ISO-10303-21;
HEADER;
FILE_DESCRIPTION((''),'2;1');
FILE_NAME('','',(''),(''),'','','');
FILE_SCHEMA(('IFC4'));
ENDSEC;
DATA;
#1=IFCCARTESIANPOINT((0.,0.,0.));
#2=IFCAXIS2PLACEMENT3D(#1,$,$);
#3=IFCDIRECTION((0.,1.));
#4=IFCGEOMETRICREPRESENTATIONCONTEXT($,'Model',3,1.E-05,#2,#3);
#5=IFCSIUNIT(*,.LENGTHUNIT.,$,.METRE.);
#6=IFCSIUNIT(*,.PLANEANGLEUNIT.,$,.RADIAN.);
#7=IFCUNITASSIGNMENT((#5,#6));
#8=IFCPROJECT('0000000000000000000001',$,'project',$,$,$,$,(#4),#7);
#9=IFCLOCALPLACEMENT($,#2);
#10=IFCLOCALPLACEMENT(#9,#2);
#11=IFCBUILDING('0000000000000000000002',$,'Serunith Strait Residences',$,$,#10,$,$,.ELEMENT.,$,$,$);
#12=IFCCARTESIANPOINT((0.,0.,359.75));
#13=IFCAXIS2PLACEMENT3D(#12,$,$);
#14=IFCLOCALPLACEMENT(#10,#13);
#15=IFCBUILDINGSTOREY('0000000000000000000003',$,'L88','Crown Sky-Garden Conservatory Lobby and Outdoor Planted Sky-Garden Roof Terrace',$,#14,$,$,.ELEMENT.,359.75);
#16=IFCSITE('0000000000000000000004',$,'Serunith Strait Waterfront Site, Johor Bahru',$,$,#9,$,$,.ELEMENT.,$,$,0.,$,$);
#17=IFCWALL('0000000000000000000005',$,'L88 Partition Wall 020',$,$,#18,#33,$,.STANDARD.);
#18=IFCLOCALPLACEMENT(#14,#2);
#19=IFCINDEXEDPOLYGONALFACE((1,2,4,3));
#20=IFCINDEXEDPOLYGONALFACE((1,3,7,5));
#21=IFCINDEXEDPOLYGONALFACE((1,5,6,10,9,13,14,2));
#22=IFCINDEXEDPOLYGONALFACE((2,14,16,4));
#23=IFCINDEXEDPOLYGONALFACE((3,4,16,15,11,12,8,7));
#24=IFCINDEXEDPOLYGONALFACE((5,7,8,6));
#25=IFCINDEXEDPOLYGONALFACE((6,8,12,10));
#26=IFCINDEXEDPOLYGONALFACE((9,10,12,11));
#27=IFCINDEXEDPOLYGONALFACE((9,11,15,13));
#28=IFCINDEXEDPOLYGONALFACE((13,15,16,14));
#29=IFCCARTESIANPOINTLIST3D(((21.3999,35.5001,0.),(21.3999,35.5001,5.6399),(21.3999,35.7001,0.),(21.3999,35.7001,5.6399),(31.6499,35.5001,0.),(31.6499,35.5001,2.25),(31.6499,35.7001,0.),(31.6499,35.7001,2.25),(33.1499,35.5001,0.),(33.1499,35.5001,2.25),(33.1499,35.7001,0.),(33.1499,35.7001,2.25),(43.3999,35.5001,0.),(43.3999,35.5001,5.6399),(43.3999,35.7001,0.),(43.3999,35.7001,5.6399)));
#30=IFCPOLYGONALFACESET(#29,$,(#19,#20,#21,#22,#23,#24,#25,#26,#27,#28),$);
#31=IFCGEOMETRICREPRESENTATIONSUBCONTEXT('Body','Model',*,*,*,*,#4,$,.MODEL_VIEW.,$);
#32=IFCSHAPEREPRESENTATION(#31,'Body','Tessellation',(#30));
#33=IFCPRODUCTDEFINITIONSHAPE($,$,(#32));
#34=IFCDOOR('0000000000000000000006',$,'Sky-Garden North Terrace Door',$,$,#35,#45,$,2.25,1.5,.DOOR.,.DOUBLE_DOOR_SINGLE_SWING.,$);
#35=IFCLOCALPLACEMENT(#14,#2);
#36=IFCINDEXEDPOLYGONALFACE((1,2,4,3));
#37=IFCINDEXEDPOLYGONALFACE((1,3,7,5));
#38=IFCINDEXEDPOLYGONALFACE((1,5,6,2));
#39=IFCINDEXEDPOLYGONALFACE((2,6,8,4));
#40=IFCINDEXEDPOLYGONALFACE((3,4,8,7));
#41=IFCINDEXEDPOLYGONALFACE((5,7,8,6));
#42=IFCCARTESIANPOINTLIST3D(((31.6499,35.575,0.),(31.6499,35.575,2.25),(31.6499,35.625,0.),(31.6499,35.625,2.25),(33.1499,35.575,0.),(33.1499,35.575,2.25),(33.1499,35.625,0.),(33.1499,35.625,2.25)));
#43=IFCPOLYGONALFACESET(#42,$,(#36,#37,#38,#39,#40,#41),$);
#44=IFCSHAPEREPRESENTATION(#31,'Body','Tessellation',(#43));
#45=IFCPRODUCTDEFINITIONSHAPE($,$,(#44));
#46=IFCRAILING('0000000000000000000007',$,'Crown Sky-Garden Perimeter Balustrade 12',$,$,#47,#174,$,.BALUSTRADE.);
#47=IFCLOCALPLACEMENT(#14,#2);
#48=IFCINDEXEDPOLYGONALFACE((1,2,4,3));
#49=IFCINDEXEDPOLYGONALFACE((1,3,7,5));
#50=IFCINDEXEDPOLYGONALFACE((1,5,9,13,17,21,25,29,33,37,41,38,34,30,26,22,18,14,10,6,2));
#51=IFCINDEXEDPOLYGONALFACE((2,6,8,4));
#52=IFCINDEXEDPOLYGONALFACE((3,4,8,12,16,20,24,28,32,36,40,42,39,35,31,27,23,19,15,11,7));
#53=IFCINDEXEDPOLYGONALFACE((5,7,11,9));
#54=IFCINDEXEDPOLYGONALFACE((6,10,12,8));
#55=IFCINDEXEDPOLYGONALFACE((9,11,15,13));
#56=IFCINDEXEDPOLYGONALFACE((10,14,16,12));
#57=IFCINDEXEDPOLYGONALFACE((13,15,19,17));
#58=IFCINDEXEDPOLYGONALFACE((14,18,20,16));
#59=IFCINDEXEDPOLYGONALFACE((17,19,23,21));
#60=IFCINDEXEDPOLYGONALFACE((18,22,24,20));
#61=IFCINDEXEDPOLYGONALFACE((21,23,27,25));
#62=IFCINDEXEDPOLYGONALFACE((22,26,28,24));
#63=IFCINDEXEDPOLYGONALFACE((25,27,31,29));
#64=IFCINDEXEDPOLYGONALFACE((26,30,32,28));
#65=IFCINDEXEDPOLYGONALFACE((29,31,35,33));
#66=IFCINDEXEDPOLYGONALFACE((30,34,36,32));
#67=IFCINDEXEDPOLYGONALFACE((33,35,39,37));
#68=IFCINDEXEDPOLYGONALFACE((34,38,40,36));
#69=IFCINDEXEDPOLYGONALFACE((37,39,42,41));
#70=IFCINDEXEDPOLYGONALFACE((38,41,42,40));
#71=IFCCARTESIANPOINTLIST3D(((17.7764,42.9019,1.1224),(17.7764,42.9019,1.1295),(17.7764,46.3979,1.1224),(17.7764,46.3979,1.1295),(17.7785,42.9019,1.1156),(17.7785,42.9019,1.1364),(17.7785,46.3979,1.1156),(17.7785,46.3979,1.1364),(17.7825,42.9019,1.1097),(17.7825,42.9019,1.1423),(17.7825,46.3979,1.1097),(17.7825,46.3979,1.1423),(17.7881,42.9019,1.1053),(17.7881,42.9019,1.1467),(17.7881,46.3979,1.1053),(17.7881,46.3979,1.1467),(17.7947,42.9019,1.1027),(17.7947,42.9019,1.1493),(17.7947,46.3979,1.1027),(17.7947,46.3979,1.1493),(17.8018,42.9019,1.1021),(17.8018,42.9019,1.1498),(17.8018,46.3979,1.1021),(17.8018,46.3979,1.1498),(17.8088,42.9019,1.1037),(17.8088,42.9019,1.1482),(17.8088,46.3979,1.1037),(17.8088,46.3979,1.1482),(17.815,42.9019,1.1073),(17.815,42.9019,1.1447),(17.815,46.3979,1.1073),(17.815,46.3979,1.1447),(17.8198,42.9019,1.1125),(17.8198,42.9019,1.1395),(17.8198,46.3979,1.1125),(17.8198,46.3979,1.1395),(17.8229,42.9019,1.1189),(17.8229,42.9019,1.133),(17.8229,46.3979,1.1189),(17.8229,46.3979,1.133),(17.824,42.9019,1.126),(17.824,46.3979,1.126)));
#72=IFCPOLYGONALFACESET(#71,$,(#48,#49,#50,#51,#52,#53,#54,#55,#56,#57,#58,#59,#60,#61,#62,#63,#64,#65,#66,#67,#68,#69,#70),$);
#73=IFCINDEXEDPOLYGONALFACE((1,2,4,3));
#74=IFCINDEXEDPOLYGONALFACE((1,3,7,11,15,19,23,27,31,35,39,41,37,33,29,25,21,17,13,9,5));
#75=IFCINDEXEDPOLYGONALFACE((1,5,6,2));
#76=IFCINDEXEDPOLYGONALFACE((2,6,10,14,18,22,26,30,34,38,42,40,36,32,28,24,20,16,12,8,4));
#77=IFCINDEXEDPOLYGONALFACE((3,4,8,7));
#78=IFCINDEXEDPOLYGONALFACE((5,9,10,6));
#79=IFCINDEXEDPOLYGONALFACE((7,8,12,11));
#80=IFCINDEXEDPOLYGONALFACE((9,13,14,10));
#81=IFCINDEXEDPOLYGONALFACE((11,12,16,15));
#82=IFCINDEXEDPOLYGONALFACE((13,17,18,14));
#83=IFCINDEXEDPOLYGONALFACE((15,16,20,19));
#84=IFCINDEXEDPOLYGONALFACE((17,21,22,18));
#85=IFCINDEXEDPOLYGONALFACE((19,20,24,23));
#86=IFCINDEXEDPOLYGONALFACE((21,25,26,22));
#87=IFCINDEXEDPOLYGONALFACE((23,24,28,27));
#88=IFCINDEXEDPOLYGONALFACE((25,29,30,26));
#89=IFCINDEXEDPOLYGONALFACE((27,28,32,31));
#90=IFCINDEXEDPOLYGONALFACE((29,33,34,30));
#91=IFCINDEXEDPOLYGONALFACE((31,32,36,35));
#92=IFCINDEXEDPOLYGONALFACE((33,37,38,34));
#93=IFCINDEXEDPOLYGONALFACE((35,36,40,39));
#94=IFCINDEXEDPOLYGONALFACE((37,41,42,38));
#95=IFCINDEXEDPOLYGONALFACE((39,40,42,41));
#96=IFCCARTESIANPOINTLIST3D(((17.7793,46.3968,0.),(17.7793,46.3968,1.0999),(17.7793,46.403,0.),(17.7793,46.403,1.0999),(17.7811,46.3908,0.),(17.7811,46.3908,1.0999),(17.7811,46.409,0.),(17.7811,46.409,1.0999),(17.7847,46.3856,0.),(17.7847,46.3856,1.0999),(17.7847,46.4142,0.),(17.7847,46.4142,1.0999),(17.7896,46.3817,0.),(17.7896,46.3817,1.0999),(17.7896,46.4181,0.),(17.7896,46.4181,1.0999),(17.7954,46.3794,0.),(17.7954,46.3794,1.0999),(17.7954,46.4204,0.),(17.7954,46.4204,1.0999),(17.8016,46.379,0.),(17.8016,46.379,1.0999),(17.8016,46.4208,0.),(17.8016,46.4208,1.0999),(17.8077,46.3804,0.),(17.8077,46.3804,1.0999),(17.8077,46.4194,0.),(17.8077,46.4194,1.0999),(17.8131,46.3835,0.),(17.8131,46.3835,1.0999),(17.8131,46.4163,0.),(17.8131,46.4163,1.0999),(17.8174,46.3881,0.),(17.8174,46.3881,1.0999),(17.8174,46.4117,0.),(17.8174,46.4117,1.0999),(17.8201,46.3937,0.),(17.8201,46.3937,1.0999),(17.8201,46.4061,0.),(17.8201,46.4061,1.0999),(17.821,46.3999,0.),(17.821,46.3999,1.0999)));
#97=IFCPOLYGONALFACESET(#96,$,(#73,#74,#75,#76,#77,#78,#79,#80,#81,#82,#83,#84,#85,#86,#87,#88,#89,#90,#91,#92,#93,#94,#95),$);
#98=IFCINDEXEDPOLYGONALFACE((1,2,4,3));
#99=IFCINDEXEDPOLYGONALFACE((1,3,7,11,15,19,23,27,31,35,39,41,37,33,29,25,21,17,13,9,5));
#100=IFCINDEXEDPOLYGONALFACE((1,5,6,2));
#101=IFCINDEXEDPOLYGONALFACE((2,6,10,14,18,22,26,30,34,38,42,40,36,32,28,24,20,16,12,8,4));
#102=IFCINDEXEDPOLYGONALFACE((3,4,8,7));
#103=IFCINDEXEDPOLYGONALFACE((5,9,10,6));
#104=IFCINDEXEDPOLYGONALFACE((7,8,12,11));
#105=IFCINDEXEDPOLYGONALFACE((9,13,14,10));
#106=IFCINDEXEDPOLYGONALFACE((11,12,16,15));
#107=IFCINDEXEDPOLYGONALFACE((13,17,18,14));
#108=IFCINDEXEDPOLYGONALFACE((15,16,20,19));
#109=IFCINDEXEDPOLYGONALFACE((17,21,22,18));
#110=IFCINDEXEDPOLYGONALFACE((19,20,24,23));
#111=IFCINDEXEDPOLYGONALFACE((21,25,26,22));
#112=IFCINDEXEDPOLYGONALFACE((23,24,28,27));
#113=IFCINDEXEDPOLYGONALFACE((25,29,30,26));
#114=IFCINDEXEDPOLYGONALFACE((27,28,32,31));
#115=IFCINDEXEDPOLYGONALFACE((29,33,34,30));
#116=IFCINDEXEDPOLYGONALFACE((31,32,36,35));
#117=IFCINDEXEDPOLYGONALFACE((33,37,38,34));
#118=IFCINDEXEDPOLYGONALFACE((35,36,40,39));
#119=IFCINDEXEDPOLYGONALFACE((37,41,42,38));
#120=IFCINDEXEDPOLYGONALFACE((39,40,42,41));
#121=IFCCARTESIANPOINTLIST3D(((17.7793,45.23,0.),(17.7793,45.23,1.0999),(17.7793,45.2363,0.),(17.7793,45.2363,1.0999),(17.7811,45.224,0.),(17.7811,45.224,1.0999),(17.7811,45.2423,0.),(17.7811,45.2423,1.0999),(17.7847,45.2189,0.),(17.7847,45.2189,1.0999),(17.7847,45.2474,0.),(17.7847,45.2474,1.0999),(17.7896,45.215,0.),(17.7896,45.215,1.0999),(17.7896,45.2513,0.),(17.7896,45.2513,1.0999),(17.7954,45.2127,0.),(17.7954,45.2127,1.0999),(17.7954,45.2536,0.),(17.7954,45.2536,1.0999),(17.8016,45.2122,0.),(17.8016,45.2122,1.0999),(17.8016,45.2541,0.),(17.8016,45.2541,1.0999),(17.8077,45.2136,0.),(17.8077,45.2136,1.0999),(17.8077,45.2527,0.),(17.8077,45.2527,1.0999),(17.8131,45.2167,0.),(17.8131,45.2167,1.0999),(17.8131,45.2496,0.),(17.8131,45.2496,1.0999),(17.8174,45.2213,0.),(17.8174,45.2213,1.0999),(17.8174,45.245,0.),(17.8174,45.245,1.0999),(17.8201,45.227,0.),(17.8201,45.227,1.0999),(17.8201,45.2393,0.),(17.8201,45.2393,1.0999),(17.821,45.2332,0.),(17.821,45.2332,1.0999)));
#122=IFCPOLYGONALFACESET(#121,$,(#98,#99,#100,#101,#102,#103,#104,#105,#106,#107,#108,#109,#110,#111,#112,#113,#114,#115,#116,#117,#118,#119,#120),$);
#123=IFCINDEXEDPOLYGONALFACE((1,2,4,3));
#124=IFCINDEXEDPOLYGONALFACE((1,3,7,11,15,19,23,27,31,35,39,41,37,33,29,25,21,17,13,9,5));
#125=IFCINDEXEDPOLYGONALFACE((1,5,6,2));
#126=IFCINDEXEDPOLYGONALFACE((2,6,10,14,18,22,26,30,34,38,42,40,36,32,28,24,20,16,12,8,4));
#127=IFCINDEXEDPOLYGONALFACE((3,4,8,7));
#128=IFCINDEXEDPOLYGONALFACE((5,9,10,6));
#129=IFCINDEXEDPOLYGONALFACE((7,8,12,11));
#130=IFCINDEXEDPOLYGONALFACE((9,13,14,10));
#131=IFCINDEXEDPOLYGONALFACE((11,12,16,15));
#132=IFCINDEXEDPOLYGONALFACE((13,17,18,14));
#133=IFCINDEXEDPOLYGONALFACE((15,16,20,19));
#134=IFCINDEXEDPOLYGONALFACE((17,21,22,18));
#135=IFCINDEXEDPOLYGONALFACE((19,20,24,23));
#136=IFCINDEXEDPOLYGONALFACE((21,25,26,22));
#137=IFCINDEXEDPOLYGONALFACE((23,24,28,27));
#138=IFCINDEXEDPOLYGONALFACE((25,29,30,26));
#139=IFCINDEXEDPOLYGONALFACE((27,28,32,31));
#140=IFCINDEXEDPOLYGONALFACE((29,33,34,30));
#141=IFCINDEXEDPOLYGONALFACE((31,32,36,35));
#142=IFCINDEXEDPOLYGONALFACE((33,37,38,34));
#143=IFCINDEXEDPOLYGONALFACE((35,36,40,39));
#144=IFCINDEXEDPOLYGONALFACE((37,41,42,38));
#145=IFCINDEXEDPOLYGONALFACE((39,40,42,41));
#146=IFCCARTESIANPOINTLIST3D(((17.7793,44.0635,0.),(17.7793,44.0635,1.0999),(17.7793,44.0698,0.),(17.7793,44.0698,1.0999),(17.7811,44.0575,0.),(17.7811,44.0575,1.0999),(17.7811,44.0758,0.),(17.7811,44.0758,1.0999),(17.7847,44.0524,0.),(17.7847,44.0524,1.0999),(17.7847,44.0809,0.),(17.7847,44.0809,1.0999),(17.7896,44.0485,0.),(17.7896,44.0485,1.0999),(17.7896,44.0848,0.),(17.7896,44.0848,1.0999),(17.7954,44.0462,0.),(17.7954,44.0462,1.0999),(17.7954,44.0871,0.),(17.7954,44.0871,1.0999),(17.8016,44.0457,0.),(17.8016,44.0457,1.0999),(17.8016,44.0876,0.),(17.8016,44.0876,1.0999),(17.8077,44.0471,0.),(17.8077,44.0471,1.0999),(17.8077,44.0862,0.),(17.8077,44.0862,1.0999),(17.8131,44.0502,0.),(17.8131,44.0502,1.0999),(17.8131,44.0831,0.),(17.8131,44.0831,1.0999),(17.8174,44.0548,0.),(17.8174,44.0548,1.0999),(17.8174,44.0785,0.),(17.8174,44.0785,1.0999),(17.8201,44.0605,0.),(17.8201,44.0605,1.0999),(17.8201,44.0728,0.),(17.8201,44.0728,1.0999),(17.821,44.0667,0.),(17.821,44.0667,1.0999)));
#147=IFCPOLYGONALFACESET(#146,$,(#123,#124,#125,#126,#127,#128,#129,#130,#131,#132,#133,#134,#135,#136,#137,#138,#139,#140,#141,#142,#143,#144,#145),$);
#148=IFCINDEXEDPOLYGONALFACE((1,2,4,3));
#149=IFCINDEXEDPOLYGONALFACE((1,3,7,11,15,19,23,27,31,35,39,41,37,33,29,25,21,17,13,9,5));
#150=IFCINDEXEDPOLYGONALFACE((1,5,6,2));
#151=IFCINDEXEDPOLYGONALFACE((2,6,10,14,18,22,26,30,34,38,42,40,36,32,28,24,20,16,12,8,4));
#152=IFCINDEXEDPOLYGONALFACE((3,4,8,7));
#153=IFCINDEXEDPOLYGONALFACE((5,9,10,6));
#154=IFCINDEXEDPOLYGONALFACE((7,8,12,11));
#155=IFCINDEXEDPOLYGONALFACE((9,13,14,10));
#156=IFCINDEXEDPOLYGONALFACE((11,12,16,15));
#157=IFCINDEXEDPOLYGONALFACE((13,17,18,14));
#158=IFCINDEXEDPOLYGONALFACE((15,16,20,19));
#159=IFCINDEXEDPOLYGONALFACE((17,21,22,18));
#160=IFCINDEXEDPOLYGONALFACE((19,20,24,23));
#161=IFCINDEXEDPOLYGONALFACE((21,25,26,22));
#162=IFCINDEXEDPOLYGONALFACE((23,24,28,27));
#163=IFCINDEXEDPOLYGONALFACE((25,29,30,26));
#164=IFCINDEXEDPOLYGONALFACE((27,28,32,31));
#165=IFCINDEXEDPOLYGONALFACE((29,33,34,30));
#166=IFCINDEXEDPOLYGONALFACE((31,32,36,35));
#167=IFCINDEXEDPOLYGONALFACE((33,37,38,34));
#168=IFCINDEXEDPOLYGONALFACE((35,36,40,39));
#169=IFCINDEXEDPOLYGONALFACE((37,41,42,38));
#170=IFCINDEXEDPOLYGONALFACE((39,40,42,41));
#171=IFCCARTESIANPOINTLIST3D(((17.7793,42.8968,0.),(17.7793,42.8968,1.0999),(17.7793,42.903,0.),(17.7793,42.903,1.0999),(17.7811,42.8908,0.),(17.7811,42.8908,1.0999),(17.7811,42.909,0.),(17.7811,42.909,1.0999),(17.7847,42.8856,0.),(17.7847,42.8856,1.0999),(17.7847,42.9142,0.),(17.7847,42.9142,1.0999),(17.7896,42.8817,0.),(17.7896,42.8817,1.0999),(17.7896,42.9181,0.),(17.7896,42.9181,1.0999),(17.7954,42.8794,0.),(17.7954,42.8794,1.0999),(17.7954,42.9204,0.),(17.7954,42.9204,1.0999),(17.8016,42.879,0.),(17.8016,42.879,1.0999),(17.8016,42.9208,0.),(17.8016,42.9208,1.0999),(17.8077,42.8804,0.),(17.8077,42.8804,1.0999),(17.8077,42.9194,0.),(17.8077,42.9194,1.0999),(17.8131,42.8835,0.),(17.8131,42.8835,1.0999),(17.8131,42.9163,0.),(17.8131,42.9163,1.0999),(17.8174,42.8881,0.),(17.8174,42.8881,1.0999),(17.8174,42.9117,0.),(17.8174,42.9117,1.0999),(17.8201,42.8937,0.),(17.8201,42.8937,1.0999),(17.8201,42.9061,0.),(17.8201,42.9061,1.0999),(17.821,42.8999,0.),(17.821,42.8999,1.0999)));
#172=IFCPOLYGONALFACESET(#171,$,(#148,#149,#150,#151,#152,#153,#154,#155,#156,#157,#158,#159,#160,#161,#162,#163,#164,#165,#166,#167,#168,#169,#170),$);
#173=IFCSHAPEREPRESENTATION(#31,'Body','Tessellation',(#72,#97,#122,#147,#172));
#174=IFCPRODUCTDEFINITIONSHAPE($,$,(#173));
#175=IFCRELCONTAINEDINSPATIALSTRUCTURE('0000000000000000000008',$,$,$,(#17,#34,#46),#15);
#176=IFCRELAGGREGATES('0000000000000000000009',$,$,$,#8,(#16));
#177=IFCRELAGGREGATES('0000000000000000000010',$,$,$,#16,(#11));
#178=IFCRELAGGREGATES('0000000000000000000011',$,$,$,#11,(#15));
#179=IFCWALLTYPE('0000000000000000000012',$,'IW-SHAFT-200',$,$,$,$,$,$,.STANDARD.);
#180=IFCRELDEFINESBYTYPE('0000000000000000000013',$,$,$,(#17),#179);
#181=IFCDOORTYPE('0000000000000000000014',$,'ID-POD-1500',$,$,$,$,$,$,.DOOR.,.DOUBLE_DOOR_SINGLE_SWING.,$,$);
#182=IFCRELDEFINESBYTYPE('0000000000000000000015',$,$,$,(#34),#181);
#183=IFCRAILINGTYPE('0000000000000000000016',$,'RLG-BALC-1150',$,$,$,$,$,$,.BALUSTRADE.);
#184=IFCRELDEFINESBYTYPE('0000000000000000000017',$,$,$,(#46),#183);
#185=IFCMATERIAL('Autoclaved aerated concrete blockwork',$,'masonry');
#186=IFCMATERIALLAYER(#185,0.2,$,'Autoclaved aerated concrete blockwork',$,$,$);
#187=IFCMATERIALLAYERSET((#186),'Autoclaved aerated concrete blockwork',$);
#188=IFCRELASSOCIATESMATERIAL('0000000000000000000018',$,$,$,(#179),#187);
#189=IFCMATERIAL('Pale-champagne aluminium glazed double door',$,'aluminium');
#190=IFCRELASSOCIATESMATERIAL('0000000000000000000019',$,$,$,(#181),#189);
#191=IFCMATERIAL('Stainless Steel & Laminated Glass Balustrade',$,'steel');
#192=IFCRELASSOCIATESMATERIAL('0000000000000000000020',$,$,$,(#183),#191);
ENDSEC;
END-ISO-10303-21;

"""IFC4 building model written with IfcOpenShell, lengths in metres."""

from ifc_helpers import new_model, si_unit, direction, frame, frame_2d, origin, origin_2d, place, context, subcontext, project, spatial, rectangle, circle, extrude, source, transform, mapped, material, layer, layer_set, type_object, element, fill, save


model = new_model("IFC4")

# Units and contexts
model_context = context("Model", 3, precision=1e-05, world=origin(), true_north=direction((0.0, 1.0)))
body_context = subcontext(model_context, "Body", "Model", "MODEL_VIEW")
ifc_project = project(units=[si_unit("LENGTHUNIT", "METRE"), si_unit("PLANEANGLEUNIT", "RADIAN")], contexts=[model_context])

# Site, building, storey
site_placement = place(None, origin())
site = spatial("IfcSite", under=ifc_project, at=site_placement, Name="Serunith Strait Waterfront Site, Johor Bahru", CompositionType="ELEMENT", RefElevation=0.0)
building_placement = place(site_placement, origin())
building = spatial("IfcBuilding", under=site, at=building_placement, Name="Serunith Strait Residences", CompositionType="ELEMENT")
storey_placement = place(building_placement, frame((0.0, 0.0, 359.75)))
storey = spatial("IfcBuildingStorey", under=building, at=storey_placement, Name="L88", Description="Crown Sky-Garden Conservatory Lobby and Outdoor Planted Sky-Garden Roof Terrace", CompositionType="ELEMENT", Elevation=359.75)

# Wall, opening, door
ifc_material_1 = material(Name="Autoclaved aerated concrete blockwork", Category="masonry")
ifc_layer_1 = layer(ifc_material_1, 0.2, Name="Autoclaved aerated concrete blockwork")
ifc_layer_set_1 = layer_set([ifc_layer_1], Name="Autoclaved aerated concrete blockwork")
wall_type_1 = type_object("IfcWallType", Name="IW-SHAFT-200", PredefinedType="STANDARD", material=ifc_layer_set_1)
wall_1_placement = place(storey_placement, frame((21.3999, 35.6001, 0.0), z_axis=(0.0, 0.0, 1.0), x_axis=(1.0, 0.0, 0.0)))
wall_1 = element("IfcWall", 1, at=wall_1_placement, inside=storey, type_object=wall_type_1, Name="L88 Partition Wall 020", PredefinedType="STANDARD", context=body_context, shape_type="SweptSolid", body=[
    extrude(rectangle(XDim=22.0, YDim=0.2, at=frame_2d((11.0, 0.0))), origin(), (0.0, 0.0, 1.0), 5.6399),
])
opening_placement = place(wall_1_placement, frame((10.25, 0.0, 0.0)))
opening = element("IfcOpeningElement", 2, at=opening_placement, cuts=wall_1, PredefinedType="OPENING", context=body_context, shape_type="SweptSolid", body=[
    extrude(rectangle(XDim=1.5, YDim=2.25, at=frame_2d((0.75, 1.125))), frame((0.0, 0.1099, 0.0), z_axis=(0.0, -1.0, 0.0), x_axis=(1.0, 0.0, 0.0)), (0.0, 0.0, 1.0), 0.22),
])
ifc_material_2 = material(Name="Pale-champagne aluminium glazed double door", Category="aluminium")
door_type = type_object("IfcDoorType", Name="ID-POD-1500", OperationType="DOUBLE_DOOR_SINGLE_SWING", PredefinedType="DOOR", material=ifc_material_2)
shared_shape_1 = source(origin(), body_context, "Body", "SweptSolid", [
    extrude(rectangle(XDim=1.5, YDim=2.25, at=frame_2d((0.75, 1.125))), frame((0.0, 0.0249, 0.0), z_axis=(0.0, -1.0, 0.0), x_axis=(1.0, 0.0, 0.0)), (0.0, 0.0, 1.0), 0.05),
])
door_placement = place(opening_placement, origin())
door = element("IfcDoor", 3, at=door_placement, inside=storey, type_object=door_type, Name="Sky-Garden North Terrace Door", OperationType="DOUBLE_DOOR_SINGLE_SWING", OverallHeight=2.25, OverallWidth=1.5, PredefinedType="DOOR", context=body_context, shape_type="MappedRepresentation", body=[
    mapped(shared_shape_1, transform((0.0, 0.0, 0.0), scale=1.0)),
])
fill(opening, door)

# Railing
ifc_material_3 = material(Name="Stainless Steel & Laminated Glass Balustrade", Category="steel")
railing_type_1 = type_object("IfcRailingType", Name="RLG-BALC-1150", PredefinedType="BALUSTRADE", material=ifc_material_3)
railing_1_placement = place(storey_placement, frame((17.8, 46.3999, 0.0)))
element("IfcRailing", 4, at=railing_1_placement, inside=storey, type_object=railing_type_1, Name="Crown Sky-Garden Perimeter Balustrade 12", PredefinedType="BALUSTRADE", context=body_context, shape_type="SweptSolid", body=[
    extrude(circle(Radius=0.0239, at=origin_2d()), frame((0.0, -0.002, 1.126), z_axis=(0.0, -1.0, 0.0), x_axis=(1.0, 0.0, 0.0)), (0.0, 0.0, 1.0), 3.4961),
    extrude(circle(Radius=0.021, at=origin_2d()), origin(), (0.0, 0.0, 1.0), 1.0999),
    extrude(circle(Radius=0.021, at=origin_2d()), frame((0.0, -1.1667, 0.0)), (0.0, 0.0, 1.0), 1.0999),
    extrude(circle(Radius=0.021, at=origin_2d()), frame((0.0, -2.3333, 0.0)), (0.0, 0.0, 1.0), 1.0999),
    extrude(circle(Radius=0.021, at=origin_2d()), frame((0.0, -3.5, 0.0)), (0.0, 0.0, 1.0), 1.0999),
])

save(model, "model.ifc")
